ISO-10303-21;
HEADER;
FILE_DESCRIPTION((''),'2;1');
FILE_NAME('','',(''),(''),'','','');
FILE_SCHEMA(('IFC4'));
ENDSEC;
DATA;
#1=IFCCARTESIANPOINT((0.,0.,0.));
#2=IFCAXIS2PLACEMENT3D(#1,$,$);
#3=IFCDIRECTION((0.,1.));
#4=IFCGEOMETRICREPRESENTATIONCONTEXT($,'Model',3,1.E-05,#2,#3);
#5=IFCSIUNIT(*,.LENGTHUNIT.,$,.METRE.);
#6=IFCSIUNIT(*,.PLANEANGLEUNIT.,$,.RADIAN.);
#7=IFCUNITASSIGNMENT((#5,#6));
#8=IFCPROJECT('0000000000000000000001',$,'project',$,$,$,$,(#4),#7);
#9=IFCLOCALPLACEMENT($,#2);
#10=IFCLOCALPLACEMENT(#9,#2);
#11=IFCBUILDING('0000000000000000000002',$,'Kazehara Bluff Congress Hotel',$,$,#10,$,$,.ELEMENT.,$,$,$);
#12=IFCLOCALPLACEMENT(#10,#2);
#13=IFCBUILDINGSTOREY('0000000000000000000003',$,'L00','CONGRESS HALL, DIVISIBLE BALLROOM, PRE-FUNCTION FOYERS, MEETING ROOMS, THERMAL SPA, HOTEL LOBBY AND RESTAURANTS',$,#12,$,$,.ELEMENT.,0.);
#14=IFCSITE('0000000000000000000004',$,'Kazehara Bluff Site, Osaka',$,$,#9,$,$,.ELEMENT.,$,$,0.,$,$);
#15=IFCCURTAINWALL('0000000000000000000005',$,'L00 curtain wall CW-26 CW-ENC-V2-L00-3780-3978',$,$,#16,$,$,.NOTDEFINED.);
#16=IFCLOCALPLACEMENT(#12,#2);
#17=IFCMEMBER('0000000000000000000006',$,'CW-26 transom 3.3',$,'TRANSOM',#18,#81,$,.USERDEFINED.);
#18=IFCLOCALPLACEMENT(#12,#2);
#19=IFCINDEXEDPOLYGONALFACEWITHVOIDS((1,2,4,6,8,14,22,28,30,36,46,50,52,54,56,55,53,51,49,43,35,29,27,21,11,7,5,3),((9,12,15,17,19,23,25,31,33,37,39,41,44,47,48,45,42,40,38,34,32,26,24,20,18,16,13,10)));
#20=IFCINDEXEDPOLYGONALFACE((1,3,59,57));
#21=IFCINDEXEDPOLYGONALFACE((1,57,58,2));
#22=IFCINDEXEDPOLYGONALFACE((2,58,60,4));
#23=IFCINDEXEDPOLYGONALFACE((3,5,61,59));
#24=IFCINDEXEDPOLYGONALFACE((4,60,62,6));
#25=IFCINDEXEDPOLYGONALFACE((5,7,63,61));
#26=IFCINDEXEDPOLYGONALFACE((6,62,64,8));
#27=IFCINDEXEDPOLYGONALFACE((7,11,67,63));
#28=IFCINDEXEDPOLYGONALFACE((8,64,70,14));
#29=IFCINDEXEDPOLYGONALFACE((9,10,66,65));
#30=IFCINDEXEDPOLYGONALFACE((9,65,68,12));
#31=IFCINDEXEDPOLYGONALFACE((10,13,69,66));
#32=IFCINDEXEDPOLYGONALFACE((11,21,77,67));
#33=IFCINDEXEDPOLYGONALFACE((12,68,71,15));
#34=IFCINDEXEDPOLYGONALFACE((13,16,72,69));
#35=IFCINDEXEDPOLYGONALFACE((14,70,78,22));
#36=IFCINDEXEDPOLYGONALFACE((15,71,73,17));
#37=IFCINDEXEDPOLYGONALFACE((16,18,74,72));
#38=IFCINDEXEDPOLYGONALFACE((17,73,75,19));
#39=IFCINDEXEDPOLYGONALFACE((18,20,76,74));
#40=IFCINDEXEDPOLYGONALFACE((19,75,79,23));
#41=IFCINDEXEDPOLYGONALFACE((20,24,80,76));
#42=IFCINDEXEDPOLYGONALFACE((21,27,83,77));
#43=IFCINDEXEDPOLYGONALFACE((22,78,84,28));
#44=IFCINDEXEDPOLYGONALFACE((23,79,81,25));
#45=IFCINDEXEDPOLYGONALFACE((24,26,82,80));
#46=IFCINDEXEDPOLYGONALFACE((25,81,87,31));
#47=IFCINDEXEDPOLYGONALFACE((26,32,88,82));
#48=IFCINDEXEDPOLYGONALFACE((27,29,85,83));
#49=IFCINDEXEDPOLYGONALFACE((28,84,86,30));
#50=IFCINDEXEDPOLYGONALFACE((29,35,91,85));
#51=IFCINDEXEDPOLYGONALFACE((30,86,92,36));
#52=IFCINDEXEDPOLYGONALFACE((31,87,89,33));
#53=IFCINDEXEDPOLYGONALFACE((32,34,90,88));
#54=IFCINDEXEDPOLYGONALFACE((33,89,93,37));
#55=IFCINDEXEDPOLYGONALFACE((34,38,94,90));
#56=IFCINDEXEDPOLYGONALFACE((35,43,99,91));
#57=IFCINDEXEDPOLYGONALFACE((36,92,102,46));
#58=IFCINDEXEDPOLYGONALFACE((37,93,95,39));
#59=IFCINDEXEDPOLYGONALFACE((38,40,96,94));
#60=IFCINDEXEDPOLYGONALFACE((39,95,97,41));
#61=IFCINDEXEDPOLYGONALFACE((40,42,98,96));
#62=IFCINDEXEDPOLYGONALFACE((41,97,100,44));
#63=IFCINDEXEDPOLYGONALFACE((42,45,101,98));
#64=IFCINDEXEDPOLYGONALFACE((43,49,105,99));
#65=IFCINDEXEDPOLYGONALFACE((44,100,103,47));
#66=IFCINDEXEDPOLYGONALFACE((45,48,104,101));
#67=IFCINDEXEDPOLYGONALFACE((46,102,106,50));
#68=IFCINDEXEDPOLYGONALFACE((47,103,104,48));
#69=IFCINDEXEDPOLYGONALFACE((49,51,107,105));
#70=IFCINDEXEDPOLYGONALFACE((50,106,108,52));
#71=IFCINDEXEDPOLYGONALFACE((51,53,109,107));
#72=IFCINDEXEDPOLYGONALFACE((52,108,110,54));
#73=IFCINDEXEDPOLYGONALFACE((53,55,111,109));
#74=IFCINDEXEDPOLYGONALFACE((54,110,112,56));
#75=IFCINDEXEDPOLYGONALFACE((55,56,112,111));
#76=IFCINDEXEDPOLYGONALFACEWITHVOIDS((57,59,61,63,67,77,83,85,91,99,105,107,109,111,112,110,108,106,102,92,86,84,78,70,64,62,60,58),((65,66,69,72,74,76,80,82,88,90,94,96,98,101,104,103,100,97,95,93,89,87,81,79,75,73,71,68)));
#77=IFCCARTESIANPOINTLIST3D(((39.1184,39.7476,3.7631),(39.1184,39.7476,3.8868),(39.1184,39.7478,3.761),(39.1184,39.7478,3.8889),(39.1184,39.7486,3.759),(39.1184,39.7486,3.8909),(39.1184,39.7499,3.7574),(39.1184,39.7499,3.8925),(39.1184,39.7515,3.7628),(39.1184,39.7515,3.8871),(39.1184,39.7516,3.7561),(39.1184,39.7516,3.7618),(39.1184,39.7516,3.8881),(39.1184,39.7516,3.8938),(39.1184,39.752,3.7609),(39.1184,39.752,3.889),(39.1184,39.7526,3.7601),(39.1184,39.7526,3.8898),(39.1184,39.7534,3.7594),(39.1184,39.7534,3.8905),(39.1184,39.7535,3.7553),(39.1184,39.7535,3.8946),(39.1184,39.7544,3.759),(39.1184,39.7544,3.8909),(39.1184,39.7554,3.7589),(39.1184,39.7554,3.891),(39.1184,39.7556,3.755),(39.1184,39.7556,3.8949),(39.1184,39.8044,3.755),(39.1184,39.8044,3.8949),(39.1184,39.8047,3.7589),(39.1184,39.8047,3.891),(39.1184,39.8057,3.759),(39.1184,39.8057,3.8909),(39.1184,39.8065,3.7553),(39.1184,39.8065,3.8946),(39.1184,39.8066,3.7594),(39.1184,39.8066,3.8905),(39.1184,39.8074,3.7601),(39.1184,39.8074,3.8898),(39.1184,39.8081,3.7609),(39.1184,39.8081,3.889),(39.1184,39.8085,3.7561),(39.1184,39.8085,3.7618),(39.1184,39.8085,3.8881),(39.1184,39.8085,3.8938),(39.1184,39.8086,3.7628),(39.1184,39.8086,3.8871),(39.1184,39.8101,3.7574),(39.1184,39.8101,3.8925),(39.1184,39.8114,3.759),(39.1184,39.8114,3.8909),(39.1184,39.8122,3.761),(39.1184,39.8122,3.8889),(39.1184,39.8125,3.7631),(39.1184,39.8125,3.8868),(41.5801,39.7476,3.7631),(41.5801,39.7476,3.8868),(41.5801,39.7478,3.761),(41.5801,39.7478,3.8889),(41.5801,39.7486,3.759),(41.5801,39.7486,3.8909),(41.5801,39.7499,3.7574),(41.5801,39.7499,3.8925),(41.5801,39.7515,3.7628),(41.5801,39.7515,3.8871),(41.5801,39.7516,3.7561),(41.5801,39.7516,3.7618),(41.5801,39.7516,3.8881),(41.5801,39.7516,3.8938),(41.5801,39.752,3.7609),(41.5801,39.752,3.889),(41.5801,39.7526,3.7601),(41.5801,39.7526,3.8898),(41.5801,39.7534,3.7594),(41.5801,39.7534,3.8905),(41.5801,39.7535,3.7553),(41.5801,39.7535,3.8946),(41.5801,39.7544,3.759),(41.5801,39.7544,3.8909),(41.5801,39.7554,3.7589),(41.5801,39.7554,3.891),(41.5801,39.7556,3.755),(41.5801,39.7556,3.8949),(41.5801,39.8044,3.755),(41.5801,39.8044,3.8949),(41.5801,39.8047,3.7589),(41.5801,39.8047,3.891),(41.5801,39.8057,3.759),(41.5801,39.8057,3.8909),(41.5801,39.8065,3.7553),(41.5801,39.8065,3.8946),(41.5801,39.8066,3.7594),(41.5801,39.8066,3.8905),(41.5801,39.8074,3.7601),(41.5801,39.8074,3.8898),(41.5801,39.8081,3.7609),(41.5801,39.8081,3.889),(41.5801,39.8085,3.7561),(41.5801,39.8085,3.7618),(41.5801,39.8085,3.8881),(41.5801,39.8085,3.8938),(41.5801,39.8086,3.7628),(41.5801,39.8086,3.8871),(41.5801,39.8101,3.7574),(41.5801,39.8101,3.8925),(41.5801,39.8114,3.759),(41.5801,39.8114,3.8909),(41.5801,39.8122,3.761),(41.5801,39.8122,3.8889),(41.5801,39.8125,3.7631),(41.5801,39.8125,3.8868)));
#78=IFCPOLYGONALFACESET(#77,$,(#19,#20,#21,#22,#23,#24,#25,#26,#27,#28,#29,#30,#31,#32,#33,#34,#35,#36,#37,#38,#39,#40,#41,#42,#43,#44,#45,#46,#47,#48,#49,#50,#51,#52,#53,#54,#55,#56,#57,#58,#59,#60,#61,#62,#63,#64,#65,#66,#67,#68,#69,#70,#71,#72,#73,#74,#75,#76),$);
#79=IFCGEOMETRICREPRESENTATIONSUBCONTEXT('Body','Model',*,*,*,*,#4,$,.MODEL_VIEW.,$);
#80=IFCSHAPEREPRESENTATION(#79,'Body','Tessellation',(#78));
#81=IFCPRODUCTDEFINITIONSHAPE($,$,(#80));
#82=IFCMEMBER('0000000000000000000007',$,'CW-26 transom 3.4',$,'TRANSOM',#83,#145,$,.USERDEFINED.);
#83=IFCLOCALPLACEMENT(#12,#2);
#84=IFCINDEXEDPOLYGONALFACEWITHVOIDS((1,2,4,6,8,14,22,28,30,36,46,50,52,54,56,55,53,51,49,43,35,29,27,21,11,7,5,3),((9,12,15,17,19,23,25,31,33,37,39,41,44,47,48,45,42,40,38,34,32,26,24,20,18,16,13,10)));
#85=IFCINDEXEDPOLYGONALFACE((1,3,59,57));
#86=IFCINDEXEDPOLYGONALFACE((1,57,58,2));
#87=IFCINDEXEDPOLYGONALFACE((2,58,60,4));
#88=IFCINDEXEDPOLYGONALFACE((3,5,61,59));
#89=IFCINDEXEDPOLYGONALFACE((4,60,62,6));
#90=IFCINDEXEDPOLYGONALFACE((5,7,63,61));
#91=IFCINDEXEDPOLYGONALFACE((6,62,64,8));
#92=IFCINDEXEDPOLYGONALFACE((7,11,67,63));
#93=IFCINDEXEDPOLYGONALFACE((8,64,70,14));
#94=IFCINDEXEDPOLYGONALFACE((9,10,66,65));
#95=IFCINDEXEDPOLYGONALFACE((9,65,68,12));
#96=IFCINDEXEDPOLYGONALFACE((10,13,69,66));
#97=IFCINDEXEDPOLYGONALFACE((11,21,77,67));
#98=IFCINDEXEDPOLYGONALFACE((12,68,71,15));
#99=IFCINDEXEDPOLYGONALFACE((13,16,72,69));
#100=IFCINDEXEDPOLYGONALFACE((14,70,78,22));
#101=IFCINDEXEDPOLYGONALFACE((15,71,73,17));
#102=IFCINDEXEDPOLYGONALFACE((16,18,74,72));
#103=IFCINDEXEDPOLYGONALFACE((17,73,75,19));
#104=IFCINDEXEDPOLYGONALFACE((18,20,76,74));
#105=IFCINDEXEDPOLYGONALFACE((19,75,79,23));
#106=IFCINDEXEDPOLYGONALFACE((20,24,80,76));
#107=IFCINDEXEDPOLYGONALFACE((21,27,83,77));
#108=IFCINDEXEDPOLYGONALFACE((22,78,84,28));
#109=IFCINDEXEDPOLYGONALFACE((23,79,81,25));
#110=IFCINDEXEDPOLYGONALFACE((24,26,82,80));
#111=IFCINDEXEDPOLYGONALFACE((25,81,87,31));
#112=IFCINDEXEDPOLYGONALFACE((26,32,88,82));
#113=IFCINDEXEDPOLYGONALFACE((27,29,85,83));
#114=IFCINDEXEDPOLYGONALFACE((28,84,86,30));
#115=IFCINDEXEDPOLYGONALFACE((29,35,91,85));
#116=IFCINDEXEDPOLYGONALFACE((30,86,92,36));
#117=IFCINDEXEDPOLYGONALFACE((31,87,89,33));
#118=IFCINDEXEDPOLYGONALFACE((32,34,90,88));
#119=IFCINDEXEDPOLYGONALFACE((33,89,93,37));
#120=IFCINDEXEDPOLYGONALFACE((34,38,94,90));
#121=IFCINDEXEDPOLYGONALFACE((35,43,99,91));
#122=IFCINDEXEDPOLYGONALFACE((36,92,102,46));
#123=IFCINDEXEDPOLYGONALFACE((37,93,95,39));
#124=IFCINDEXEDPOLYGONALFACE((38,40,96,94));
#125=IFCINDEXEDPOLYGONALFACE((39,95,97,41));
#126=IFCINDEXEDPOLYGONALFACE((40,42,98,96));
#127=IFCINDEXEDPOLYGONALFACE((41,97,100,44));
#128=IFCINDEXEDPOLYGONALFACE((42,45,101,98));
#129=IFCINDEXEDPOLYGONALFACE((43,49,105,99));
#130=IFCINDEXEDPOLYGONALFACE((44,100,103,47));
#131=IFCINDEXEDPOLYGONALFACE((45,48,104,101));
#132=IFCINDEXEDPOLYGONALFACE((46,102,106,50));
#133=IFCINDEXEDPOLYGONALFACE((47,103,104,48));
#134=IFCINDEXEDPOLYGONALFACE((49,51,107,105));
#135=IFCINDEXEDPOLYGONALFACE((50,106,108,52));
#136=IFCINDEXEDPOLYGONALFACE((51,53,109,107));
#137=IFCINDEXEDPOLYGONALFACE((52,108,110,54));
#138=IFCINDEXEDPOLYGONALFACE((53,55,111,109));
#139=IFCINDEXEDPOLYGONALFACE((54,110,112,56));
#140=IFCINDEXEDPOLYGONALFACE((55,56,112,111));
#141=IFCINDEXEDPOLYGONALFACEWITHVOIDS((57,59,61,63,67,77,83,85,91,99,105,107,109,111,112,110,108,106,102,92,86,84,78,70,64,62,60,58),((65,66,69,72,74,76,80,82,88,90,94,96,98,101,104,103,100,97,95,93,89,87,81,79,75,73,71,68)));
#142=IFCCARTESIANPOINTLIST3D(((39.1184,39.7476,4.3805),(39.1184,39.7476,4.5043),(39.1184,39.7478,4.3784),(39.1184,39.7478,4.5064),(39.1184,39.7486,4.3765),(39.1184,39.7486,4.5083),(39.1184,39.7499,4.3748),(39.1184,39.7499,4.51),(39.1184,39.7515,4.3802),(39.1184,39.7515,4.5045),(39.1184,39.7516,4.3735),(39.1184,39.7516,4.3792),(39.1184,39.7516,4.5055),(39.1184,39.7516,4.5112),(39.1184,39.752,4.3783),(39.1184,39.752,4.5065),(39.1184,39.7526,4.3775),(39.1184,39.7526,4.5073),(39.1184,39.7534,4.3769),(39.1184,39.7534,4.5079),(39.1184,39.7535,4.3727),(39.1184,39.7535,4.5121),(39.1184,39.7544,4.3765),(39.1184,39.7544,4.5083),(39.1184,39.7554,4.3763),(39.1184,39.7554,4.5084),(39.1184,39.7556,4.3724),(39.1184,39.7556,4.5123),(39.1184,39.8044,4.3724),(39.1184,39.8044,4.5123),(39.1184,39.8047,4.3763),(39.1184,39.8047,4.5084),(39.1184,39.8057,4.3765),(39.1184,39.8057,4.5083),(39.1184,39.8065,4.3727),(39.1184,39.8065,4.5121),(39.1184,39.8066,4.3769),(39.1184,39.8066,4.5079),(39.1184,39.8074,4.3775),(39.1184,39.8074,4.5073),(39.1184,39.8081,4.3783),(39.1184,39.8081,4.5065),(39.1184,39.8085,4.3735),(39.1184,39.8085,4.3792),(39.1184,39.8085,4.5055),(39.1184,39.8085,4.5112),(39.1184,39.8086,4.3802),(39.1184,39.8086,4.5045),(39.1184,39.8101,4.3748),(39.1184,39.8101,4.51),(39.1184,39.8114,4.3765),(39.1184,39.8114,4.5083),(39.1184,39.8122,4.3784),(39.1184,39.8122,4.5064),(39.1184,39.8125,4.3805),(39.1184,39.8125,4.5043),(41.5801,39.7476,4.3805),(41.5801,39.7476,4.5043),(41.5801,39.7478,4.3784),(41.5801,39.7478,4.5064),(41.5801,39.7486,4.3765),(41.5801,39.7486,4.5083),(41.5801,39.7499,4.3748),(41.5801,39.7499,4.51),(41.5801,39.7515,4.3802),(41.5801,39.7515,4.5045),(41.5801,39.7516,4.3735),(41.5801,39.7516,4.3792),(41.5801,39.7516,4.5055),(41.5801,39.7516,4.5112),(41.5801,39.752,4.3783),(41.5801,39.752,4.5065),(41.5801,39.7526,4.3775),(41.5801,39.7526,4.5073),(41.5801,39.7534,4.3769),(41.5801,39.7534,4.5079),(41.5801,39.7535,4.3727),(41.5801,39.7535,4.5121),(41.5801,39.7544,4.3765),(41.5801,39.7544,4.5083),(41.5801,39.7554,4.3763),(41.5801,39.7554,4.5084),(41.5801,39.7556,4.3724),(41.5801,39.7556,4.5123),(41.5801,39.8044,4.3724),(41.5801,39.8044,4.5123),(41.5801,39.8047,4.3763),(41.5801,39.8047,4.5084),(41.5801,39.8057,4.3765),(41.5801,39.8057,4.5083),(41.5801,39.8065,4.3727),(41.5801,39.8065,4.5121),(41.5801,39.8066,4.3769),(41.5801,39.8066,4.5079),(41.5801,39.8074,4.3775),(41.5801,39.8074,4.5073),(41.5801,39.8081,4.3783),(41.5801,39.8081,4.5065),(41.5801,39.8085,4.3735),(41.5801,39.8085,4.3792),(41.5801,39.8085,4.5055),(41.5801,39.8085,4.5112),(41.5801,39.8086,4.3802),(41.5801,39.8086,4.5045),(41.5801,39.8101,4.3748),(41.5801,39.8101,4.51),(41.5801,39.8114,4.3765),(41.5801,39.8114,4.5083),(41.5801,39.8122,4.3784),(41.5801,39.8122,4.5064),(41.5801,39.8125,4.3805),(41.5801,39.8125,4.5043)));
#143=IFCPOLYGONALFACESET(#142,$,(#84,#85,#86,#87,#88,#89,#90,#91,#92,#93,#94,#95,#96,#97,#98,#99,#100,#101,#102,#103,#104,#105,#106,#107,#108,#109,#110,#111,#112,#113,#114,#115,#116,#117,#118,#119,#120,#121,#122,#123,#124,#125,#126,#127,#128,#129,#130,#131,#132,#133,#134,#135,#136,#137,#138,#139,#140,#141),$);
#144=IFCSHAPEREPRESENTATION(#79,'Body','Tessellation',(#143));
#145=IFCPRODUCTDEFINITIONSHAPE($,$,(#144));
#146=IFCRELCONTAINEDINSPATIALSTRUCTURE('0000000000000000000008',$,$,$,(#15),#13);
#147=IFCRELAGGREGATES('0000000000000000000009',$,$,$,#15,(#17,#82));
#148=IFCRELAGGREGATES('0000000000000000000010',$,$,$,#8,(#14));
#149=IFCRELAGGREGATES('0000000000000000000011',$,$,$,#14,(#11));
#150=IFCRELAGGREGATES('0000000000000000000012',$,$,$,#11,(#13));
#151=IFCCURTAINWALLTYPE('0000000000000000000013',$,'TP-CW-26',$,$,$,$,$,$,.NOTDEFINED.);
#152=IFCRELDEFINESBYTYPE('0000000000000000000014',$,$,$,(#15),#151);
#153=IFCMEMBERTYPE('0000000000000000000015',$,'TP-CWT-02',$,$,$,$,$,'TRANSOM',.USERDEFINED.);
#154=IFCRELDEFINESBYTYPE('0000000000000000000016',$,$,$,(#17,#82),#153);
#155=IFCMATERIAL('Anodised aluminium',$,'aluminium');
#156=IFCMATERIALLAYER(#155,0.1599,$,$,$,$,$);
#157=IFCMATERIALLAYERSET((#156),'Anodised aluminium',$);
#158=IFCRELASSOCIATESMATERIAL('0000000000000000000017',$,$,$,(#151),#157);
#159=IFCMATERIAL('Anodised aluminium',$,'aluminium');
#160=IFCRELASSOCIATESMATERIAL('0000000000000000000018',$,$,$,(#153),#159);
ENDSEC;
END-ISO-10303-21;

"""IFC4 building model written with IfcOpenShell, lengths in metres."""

from ifc_helpers import new_model, si_unit, direction, frame, origin, origin_2d, place, context, subcontext, project, spatial, hollow_rectangle, extrude, material, layer, layer_set, material_profile, profile_set, type_object, element, aggregate, save


model = new_model("IFC4")

# Units and contexts
model_context = context("Model", 3, precision=1e-05, world=origin(), true_north=direction((0.0, 1.0)))
body_context = subcontext(model_context, "Body", "Model", "MODEL_VIEW")
ifc_project = project(units=[si_unit("LENGTHUNIT", "METRE"), si_unit("PLANEANGLEUNIT", "RADIAN")], contexts=[model_context])

# Site, building, storey
site_placement = place(None, origin())
site = spatial("IfcSite", under=ifc_project, at=site_placement, Name="Kazehara Bluff Site, Osaka", CompositionType="ELEMENT", RefElevation=0.0)
building_placement = place(site_placement, origin())
building = spatial("IfcBuilding", under=site, at=building_placement, Name="Kazehara Bluff Congress Hotel", CompositionType="ELEMENT")
storey_placement = place(building_placement, origin())
storey = spatial("IfcBuildingStorey", under=building, at=storey_placement, Name="L00", Description="CONGRESS HALL, DIVISIBLE BALLROOM, PRE-FUNCTION FOYERS, MEETING ROOMS, THERMAL SPA, HOTEL LOBBY AND RESTAURANTS", CompositionType="ELEMENT", Elevation=0.0)

# Curtain wall
ifc_material_1 = material(Name="Anodised aluminium", Category="aluminium")
ifc_layer_1 = layer(ifc_material_1, 0.1599)
ifc_layer_set_1 = layer_set([ifc_layer_1], Name="Anodised aluminium")
curtain_wall_type_1 = type_object("IfcCurtainWallType", Name="TP-CW-26", PredefinedType="NOTDEFINED", material=ifc_layer_set_1)
curtain_wall_1_placement = place(storey_placement, origin())
curtain_wall_1 = element("IfcCurtainWall", 1, at=curtain_wall_1_placement, inside=storey, type_object=curtain_wall_type_1, Name="L00 curtain wall CW-26 CW-ENC-V2-L00-3780-3978", PredefinedType="NOTDEFINED")

# Members
ifc_material_2 = material(Name="Anodised aluminium", Category="aluminium")
ifc_material_profile_1 = material_profile(ifc_material_2, hollow_rectangle(XDim=0.0649, YDim=0.1399, WallThickness=0.0039, InnerFilletRadius=0.0039, OuterFilletRadius=0.0081, at=origin_2d()))
ifc_profile_set_1 = profile_set([ifc_material_profile_1], Name="Anodised aluminium")
member_type_1 = type_object("IfcMemberType", Name="TP-CWT-02", ElementType="TRANSOM", PredefinedType="USERDEFINED", material=ifc_profile_set_1)
member_1_placement = place(storey_placement, frame((39.1184, 39.78, 3.825), z_axis=(1.0, 0.0, 0.0), x_axis=(0.0, 1.0, 0.0)))
member_1 = element("IfcMember", 2, at=member_1_placement, type_object=member_type_1, Name="CW-26 transom 3.3", ObjectType="TRANSOM", PredefinedType="USERDEFINED", context=body_context, shape_type="SweptSolid", body=[
    extrude(hollow_rectangle(XDim=0.0649, YDim=0.1399, WallThickness=0.0039, InnerFilletRadius=0.0039, OuterFilletRadius=0.0081, at=origin_2d()), origin(), (0.0, 0.0, 1.0), 2.4617),
])
member_2_placement = place(storey_placement, frame((39.1184, 39.78, 4.4424), z_axis=(1.0, 0.0, 0.0), x_axis=(0.0, 1.0, 0.0)))
member_2 = element("IfcMember", 3, at=member_2_placement, type_object=member_type_1, Name="CW-26 transom 3.4", ObjectType="TRANSOM", PredefinedType="USERDEFINED", context=body_context, shape_type="SweptSolid", body=[
    extrude(hollow_rectangle(XDim=0.0649, YDim=0.1399, WallThickness=0.0039, InnerFilletRadius=0.0039, OuterFilletRadius=0.0081, at=origin_2d()), origin(), (0.0, 0.0, 1.0), 2.4617),
])

aggregate(curtain_wall_1, [member_1, member_2])

save(model, "model.ifc")
